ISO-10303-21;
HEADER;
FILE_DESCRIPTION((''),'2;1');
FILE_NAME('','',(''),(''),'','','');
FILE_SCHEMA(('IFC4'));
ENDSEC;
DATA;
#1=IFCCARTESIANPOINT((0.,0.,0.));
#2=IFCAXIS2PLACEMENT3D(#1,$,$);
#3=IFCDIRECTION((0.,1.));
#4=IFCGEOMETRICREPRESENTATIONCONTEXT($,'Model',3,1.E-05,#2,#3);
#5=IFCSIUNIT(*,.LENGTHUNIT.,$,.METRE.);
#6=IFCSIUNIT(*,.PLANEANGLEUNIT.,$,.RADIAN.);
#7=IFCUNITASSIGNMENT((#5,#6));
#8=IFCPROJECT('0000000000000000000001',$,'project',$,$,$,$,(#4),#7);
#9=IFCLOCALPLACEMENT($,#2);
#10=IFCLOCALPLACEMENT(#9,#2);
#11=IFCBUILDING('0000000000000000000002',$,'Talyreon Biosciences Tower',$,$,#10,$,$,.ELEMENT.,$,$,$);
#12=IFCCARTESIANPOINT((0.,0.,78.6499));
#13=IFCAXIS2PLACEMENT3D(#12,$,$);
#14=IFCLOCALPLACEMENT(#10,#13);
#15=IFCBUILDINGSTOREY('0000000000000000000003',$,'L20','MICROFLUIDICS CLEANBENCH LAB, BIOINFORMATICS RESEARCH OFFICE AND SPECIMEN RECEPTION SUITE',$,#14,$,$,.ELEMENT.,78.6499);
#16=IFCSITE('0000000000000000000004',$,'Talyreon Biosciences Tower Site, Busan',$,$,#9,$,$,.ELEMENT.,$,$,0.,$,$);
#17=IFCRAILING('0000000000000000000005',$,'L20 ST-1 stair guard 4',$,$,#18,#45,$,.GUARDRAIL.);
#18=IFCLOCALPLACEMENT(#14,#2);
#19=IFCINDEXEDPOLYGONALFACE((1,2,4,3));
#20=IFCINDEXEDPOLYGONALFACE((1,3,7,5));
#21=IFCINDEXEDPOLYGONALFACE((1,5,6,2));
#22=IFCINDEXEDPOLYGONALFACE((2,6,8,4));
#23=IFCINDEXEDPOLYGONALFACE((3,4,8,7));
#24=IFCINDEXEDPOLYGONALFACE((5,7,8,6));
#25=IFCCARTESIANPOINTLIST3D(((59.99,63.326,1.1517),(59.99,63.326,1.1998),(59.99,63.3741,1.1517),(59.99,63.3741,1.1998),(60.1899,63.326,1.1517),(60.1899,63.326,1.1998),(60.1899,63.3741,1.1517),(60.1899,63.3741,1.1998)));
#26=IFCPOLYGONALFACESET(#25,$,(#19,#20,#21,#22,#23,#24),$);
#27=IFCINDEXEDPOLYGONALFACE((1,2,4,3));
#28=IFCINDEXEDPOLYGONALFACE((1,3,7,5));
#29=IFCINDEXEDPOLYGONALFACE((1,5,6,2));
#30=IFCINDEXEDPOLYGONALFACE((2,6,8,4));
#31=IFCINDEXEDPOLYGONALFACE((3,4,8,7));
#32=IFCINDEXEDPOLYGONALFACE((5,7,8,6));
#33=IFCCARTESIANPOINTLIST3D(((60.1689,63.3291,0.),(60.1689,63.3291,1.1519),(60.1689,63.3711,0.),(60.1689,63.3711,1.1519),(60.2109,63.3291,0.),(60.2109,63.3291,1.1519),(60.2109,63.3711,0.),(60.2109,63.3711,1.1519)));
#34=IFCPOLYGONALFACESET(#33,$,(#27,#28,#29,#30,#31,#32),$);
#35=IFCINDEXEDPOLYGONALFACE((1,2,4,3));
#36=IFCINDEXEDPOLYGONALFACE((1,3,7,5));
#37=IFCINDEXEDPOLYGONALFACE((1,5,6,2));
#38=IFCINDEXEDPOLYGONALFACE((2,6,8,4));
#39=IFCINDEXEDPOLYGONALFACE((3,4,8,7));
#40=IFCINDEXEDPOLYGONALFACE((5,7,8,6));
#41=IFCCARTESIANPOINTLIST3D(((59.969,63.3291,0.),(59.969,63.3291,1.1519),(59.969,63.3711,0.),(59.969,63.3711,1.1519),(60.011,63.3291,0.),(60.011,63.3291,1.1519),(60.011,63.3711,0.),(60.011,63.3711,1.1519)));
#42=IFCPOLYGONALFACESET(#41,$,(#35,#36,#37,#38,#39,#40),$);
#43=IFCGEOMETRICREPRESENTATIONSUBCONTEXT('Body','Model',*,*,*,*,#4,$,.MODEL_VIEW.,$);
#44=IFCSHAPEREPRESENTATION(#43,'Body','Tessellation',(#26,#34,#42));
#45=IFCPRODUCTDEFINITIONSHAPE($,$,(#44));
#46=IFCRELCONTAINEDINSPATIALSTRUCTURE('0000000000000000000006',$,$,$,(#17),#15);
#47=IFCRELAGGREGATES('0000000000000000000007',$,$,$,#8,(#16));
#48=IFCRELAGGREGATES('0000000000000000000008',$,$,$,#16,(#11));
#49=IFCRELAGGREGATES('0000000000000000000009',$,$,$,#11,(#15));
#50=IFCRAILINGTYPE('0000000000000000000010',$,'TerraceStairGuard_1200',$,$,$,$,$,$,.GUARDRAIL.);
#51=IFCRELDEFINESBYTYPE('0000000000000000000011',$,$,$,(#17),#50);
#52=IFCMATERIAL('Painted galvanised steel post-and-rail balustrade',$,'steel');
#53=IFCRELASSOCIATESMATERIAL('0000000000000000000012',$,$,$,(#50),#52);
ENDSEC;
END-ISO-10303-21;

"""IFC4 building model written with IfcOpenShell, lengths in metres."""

from ifc_helpers import new_model, si_unit, direction, frame, origin, origin_2d, place, context, subcontext, project, spatial, rectangle, extrude, material, type_object, element, save


model = new_model("IFC4")

# Units and contexts
model_context = context("Model", 3, precision=1e-05, world=origin(), true_north=direction((0.0, 1.0)))
body_context = subcontext(model_context, "Body", "Model", "MODEL_VIEW")
ifc_project = project(units=[si_unit("LENGTHUNIT", "METRE"), si_unit("PLANEANGLEUNIT", "RADIAN")], contexts=[model_context])

# Site, building, storey
site_placement = place(None, origin())
site = spatial("IfcSite", under=ifc_project, at=site_placement, Name="Talyreon Biosciences Tower Site, Busan", CompositionType="ELEMENT", RefElevation=0.0)
building_placement = place(site_placement, origin())
building = spatial("IfcBuilding", under=site, at=building_placement, Name="Talyreon Biosciences Tower", CompositionType="ELEMENT")
storey_placement = place(building_placement, frame((0.0, 0.0, 78.6499)))
storey = spatial("IfcBuildingStorey", under=building, at=storey_placement, Name="L20", Description="MICROFLUIDICS CLEANBENCH LAB, BIOINFORMATICS RESEARCH OFFICE AND SPECIMEN RECEPTION SUITE", CompositionType="ELEMENT", Elevation=78.6499)

# Railing
ifc_material_1 = material(Name="Painted galvanised steel post-and-rail balustrade", Category="steel")
railing_type_1 = type_object("IfcRailingType", Name="TerraceStairGuard_1200", PredefinedType="GUARDRAIL", material=ifc_material_1)
railing_1_placement = place(storey_placement, frame((60.1899, 63.3501, 0.0)))
element("IfcRailing", 1, at=railing_1_placement, inside=storey, type_object=railing_type_1, Name="L20 ST-1 stair guard 4", PredefinedType="GUARDRAIL", context=body_context, shape_type="SweptSolid", body=[
    extrude(rectangle(XDim=0.0481, YDim=0.0481, at=origin_2d()), frame((0.0, 0.0, 1.1758), z_axis=(-1.0, 0.0, 0.0), x_axis=(0.0, -1.0, 0.0)), (0.0, 0.0, 1.0), 0.2),
    extrude(rectangle(XDim=0.042, YDim=0.042, at=origin_2d()), origin(), (0.0, 0.0, 1.0), 1.1519),
    extrude(rectangle(XDim=0.042, YDim=0.042, at=origin_2d()), frame((-0.2, 0.0, 0.0)), (0.0, 0.0, 1.0), 1.1519),
])

save(model, "model.ifc")
